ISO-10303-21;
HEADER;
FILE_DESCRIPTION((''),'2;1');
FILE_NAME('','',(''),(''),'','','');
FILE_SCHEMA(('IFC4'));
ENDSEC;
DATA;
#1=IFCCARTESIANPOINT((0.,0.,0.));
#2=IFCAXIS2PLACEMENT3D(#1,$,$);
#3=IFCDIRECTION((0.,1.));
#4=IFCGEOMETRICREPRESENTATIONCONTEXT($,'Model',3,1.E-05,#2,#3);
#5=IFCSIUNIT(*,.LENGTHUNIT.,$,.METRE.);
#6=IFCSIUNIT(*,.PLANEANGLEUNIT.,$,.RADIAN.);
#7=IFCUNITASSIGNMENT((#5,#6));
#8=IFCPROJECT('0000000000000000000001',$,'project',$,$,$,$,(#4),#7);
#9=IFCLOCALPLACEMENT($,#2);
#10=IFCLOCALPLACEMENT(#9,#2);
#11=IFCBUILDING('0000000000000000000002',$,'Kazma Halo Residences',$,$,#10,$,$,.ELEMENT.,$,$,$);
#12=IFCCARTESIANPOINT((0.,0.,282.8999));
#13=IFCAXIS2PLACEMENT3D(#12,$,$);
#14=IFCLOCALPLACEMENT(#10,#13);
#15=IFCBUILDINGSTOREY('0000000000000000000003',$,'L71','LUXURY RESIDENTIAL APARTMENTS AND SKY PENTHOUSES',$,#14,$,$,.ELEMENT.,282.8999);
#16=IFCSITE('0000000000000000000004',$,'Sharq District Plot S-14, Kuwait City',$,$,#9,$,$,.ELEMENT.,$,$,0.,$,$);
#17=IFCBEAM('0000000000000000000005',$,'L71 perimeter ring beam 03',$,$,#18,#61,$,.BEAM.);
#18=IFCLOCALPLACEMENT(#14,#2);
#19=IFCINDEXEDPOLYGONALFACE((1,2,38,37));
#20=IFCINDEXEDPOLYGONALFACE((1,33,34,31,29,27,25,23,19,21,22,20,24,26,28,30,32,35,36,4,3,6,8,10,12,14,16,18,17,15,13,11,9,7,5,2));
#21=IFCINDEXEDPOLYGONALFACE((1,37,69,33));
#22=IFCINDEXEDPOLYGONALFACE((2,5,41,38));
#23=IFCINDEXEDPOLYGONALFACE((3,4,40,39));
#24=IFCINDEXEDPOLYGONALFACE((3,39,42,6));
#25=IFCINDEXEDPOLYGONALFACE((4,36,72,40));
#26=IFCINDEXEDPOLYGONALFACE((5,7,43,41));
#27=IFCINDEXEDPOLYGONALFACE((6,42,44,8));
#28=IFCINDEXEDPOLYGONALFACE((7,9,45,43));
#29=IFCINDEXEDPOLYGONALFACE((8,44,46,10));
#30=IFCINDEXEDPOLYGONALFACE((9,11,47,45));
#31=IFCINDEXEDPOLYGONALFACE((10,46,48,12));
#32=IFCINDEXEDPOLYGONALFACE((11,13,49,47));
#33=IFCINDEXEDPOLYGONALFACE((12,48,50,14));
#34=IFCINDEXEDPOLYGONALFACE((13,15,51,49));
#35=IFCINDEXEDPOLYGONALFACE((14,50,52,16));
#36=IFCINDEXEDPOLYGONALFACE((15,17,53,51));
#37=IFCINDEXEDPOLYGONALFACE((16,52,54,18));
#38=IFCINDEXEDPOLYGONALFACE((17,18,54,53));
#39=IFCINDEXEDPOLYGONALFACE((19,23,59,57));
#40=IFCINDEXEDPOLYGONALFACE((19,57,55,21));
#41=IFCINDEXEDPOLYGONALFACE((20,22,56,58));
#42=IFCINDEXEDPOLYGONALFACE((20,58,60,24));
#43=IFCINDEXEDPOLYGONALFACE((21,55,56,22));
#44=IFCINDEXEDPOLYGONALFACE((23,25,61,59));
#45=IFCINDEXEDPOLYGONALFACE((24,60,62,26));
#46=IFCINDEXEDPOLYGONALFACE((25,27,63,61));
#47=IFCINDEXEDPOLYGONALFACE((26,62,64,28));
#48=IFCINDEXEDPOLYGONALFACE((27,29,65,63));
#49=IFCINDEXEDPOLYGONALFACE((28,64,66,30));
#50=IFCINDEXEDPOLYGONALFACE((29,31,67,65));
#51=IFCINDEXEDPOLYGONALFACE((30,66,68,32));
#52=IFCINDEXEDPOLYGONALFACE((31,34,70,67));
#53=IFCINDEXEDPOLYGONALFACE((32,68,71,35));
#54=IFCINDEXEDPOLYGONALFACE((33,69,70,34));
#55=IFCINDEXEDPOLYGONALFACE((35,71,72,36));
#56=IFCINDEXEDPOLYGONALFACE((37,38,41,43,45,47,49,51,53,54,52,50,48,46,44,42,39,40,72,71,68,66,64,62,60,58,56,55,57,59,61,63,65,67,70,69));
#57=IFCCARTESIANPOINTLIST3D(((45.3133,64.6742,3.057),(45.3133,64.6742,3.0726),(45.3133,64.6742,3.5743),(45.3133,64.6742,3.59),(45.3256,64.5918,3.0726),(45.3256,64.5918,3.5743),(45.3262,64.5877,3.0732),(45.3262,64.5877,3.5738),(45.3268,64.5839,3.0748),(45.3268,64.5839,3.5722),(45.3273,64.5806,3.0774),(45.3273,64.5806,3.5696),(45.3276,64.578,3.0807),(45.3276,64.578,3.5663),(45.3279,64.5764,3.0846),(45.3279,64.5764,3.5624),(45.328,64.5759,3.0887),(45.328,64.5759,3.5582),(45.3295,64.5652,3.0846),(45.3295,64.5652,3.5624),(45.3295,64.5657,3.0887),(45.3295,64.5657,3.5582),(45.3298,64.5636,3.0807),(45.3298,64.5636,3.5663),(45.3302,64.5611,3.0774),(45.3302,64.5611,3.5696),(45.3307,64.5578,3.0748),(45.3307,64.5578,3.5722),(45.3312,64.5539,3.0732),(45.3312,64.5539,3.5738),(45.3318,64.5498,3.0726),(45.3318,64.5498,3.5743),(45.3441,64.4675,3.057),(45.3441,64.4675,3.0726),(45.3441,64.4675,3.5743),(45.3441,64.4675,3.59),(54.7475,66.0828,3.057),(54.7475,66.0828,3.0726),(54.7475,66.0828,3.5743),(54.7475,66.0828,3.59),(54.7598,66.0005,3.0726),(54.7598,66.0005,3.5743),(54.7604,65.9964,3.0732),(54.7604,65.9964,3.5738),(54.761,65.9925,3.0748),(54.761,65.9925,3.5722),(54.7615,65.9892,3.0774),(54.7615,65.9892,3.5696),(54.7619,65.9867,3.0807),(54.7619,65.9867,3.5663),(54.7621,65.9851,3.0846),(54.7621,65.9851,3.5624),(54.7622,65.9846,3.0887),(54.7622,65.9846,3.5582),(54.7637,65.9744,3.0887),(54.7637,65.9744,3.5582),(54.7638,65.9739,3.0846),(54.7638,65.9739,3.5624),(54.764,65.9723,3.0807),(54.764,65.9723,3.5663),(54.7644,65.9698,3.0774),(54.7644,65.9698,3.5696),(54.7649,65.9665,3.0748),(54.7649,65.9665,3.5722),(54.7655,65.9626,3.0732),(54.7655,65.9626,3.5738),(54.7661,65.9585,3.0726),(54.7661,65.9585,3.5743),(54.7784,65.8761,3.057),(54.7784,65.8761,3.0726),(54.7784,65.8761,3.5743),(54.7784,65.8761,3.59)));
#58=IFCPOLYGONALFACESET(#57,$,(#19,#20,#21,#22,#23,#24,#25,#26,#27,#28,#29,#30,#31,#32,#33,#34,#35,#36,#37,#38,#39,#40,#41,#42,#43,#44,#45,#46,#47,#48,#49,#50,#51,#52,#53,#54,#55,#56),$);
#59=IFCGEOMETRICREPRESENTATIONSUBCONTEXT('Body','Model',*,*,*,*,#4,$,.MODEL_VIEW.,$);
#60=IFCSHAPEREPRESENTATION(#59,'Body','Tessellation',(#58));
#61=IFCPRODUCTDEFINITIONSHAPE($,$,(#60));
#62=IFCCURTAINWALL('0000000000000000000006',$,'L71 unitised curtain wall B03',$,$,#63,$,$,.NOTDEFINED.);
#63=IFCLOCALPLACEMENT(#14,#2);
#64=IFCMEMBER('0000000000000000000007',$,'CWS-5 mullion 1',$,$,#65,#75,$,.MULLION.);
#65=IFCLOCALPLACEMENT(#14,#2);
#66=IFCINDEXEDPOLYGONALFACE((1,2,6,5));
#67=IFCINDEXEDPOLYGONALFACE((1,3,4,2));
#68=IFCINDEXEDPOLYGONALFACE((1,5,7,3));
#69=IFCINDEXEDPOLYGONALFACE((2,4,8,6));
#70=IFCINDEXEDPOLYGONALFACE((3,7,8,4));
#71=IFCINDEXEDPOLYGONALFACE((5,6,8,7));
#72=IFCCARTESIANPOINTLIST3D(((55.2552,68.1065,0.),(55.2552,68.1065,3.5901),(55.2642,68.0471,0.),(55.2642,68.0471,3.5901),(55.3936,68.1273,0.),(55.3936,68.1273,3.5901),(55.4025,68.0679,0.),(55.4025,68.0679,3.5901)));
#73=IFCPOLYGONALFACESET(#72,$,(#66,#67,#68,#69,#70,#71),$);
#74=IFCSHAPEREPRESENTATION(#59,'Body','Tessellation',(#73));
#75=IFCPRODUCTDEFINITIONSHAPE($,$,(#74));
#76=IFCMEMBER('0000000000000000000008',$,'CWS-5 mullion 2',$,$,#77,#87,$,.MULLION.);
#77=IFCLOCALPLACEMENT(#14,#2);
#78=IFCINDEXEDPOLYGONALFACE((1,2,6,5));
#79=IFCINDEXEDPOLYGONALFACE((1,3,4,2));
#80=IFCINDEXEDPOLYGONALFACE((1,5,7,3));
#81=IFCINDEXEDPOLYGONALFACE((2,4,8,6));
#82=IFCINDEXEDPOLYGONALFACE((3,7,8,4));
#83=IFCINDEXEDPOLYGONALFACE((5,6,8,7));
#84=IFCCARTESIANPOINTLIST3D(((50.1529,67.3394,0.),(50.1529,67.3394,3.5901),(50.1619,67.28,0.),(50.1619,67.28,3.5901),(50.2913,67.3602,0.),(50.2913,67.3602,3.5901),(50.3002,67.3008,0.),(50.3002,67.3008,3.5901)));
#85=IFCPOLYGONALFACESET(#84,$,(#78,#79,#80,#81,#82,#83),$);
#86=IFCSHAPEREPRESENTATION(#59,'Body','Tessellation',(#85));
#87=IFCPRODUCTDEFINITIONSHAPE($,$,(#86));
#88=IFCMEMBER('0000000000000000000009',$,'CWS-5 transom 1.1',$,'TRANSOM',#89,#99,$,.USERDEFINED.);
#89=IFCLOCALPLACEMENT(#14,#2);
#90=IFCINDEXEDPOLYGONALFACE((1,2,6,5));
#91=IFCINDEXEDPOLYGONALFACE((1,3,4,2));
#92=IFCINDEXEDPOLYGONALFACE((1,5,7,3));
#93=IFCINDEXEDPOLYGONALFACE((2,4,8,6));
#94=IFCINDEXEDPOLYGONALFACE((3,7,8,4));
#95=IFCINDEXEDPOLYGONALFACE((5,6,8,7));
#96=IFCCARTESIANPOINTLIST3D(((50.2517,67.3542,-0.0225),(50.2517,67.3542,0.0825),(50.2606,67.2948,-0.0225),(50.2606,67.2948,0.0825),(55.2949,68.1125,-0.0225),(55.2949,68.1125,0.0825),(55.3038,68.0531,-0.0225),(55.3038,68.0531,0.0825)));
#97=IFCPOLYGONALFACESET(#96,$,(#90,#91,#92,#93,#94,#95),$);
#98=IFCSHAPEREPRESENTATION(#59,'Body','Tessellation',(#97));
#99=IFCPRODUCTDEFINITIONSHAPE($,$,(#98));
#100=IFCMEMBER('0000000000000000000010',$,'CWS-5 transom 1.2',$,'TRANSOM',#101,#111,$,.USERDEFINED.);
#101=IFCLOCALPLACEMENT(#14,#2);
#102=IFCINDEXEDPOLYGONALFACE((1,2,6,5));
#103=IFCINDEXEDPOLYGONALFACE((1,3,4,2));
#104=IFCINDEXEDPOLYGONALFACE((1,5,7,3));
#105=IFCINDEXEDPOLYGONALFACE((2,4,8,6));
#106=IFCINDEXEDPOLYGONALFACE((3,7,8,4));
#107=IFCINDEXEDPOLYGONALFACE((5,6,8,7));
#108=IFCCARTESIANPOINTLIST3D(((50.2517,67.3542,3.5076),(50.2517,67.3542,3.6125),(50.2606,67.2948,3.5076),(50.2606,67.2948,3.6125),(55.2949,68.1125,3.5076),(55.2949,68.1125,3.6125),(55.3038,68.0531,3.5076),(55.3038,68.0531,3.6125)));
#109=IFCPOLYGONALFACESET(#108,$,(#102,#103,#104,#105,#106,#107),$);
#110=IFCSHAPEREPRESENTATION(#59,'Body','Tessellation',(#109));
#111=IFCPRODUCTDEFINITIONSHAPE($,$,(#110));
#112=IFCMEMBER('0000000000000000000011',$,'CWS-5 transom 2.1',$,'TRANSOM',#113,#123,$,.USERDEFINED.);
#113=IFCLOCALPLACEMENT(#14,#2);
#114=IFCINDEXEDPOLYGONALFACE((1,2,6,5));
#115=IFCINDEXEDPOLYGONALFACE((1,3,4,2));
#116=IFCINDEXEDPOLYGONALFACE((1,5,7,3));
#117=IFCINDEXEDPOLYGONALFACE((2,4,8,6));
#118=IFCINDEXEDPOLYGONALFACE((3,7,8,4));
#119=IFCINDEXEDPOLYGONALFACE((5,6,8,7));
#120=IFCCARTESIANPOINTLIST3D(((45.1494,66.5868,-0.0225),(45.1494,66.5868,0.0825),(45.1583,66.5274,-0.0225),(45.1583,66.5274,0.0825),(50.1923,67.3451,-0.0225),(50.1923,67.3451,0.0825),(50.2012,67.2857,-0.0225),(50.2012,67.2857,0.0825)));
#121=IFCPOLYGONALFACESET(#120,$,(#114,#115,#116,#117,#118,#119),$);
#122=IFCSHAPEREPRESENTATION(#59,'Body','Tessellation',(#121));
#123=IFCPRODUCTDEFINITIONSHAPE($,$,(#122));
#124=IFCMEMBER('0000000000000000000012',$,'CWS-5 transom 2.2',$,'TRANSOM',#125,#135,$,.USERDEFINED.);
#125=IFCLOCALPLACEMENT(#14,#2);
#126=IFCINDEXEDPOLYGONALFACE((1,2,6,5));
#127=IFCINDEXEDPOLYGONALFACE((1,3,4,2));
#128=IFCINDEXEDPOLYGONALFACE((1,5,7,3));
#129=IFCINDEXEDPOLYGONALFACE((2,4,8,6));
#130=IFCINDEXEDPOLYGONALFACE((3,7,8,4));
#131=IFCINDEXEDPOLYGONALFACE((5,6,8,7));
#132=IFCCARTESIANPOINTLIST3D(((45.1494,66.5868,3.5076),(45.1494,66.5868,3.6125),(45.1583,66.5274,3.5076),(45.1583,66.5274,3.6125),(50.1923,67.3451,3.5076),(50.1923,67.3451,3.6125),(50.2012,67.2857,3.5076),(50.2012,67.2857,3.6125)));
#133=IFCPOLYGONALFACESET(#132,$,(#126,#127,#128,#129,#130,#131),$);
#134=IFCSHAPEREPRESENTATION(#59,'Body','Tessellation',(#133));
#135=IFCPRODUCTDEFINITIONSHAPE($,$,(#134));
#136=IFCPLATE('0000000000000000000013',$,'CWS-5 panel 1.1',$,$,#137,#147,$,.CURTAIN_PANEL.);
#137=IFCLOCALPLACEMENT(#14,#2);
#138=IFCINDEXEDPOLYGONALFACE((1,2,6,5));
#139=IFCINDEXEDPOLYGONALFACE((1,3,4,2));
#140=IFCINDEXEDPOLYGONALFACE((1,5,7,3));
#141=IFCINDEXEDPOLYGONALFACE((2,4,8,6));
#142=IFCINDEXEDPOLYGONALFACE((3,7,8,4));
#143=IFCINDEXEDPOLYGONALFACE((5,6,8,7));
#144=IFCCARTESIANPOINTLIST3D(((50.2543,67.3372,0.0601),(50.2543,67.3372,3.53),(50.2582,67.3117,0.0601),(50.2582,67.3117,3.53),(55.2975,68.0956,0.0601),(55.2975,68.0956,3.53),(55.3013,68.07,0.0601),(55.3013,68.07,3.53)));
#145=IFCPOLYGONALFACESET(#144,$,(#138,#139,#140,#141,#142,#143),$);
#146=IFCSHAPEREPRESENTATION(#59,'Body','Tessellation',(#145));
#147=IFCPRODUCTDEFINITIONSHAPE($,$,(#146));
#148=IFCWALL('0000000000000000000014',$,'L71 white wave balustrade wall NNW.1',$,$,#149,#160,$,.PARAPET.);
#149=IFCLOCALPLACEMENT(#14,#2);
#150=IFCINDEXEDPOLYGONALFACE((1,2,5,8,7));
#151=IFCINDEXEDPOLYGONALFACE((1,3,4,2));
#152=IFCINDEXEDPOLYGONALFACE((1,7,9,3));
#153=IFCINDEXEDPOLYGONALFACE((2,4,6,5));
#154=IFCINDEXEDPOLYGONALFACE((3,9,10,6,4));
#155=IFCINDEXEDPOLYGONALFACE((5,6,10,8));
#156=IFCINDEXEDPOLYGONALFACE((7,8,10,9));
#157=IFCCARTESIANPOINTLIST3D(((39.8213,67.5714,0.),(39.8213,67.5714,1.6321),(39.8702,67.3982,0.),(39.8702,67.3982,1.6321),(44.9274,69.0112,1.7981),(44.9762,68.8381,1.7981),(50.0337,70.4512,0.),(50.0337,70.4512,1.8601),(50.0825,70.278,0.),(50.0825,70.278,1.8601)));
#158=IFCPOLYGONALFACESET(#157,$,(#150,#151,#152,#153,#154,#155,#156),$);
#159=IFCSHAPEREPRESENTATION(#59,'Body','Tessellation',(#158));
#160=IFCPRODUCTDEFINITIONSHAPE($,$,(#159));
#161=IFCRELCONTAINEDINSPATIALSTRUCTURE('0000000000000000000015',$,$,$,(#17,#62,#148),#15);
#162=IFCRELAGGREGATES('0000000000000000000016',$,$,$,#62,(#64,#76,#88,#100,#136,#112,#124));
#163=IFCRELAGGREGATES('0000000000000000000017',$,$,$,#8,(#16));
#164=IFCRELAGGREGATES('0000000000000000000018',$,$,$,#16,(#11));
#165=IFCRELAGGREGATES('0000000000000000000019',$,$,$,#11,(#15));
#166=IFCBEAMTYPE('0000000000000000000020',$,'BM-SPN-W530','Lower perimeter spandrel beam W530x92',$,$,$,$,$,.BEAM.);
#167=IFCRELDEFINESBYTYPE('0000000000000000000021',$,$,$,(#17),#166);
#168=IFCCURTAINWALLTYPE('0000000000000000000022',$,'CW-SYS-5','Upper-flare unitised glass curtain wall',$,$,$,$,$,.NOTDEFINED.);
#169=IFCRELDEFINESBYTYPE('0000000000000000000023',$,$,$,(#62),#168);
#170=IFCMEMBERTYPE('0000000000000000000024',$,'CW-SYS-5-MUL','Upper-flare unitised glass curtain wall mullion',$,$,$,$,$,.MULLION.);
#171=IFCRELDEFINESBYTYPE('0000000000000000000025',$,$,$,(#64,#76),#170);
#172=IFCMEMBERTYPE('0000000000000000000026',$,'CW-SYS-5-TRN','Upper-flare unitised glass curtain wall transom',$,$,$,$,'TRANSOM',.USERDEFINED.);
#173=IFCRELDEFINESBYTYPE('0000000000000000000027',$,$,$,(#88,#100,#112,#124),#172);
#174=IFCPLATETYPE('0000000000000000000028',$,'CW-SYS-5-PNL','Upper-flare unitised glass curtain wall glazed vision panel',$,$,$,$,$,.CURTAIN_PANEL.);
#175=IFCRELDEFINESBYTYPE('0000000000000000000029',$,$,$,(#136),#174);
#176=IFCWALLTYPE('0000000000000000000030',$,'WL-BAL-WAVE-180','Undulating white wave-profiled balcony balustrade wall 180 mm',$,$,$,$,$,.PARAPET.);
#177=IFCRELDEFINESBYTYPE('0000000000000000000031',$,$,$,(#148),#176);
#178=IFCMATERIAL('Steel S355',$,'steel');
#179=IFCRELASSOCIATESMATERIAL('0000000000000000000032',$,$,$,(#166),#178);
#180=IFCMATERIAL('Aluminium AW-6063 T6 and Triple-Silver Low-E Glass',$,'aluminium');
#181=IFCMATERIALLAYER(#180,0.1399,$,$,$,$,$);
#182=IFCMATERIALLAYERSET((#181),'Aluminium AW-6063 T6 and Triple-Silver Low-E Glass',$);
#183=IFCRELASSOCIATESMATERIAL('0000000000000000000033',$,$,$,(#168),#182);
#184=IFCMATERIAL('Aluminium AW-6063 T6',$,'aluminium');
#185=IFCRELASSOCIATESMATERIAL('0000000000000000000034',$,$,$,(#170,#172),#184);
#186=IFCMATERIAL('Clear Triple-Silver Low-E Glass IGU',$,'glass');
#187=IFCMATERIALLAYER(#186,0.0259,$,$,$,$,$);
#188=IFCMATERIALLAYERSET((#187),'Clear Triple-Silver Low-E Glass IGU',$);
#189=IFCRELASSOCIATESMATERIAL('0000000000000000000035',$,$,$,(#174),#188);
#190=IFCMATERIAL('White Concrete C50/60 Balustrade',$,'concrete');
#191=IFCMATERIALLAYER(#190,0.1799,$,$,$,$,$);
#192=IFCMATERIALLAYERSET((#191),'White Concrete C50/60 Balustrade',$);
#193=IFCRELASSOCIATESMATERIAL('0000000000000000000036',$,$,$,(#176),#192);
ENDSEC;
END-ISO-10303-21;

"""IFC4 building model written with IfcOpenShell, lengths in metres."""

from ifc_helpers import new_model, si_unit, direction, frame, origin, origin_2d, place, context, subcontext, project, spatial, polyline, rectangle, i_section, outline, extrude, material, layer, layer_set, material_profile, profile_set, type_object, element, aggregate, save


model = new_model("IFC4")

# Units and contexts
model_context = context("Model", 3, precision=1e-05, world=origin(), true_north=direction((0.0, 1.0)))
body_context = subcontext(model_context, "Body", "Model", "MODEL_VIEW")
ifc_project = project(units=[si_unit("LENGTHUNIT", "METRE"), si_unit("PLANEANGLEUNIT", "RADIAN")], contexts=[model_context])

# Site, building, storey
site_placement = place(None, origin())
site = spatial("IfcSite", under=ifc_project, at=site_placement, Name="Sharq District Plot S-14, Kuwait City", CompositionType="ELEMENT", RefElevation=0.0)
building_placement = place(site_placement, origin())
building = spatial("IfcBuilding", under=site, at=building_placement, Name="Kazma Halo Residences", CompositionType="ELEMENT")
storey_placement = place(building_placement, frame((0.0, 0.0, 282.8999)))
storey = spatial("IfcBuildingStorey", under=building, at=storey_placement, Name="L71", Description="LUXURY RESIDENTIAL APARTMENTS AND SKY PENTHOUSES", CompositionType="ELEMENT", Elevation=282.8999)

# Beam
ifc_material_1 = material(Name="Steel S355", Category="steel")
ifc_material_profile_1 = material_profile(ifc_material_1, i_section(OverallWidth=0.209, OverallDepth=0.533, WebThickness=0.0103, FlangeThickness=0.0156, FilletRadius=0.0161, at=origin_2d()), Name="W530x92")
ifc_profile_set_1 = profile_set([ifc_material_profile_1], Name="Steel S355")
beam_type_1 = type_object("IfcBeamType", Name="BM-SPN-W530", Description="Lower perimeter spandrel beam W530x92", PredefinedType="BEAM", material=ifc_profile_set_1)
beam_1_placement = place(storey_placement, frame((54.7629, 65.9795, 3.3235), z_axis=(-0.989035, -0.147678, 0.0), x_axis=(0.147678, -0.989035, 0.0)))
element("IfcBeam", 1, at=beam_1_placement, inside=storey, type_object=beam_type_1, Name="L71 perimeter ring beam 03", PredefinedType="BEAM", context=body_context, shape_type="SweptSolid", body=[
    extrude(i_section(OverallWidth=0.209, OverallDepth=0.533, WebThickness=0.0103, FlangeThickness=0.0156, FilletRadius=0.0161, at=origin_2d()), origin(), (0.0, 0.0, 1.0), 9.5388),
])

# Curtain wall, members, plate
ifc_material_2 = material(Name="Aluminium AW-6063 T6 and Triple-Silver Low-E Glass", Category="aluminium")
ifc_layer_1 = layer(ifc_material_2, 0.1399)
ifc_layer_set_1 = layer_set([ifc_layer_1], Name="Aluminium AW-6063 T6 and Triple-Silver Low-E Glass")
curtain_wall_type = type_object("IfcCurtainWallType", Name="CW-SYS-5", Description="Upper-flare unitised glass curtain wall", PredefinedType="NOTDEFINED", material=ifc_layer_set_1)
curtain_wall_placement = place(storey_placement, origin())
curtain_wall = element("IfcCurtainWall", 2, at=curtain_wall_placement, inside=storey, type_object=curtain_wall_type, Name="L71 unitised curtain wall B03", PredefinedType="NOTDEFINED")
ifc_material_3 = material(Name="Aluminium AW-6063 T6", Category="aluminium")
ifc_material_profile_2 = material_profile(ifc_material_3, rectangle(XDim=0.0601, YDim=0.1399, at=origin_2d()), Name="CWM-60x140")
ifc_profile_set_2 = profile_set([ifc_material_profile_2], Name="Aluminium AW-6063 T6")
member_type_1 = type_object("IfcMemberType", Name="CW-SYS-5-MUL", Description="Upper-flare unitised glass curtain wall mullion", PredefinedType="MULLION", material=ifc_profile_set_2)
member_1_placement = place(storey_placement, frame((55.3289, 68.0872, 0.0), z_axis=(0.0, 0.0, 1.0), x_axis=(0.148697, -0.988883, 0.0)))
member_1 = element("IfcMember", 3, at=member_1_placement, type_object=member_type_1, Name="CWS-5 mullion 1", PredefinedType="MULLION", context=body_context, shape_type="SweptSolid", body=[
    extrude(rectangle(XDim=0.0601, YDim=0.1399, at=origin_2d()), origin(), (0.0, 0.0, 1.0), 3.5901),
])
member_2_placement = place(storey_placement, frame((50.2266, 67.3201, 0.0), z_axis=(0.0, 0.0, 1.0), x_axis=(0.148697, -0.988883, 0.0)))
member_2 = element("IfcMember", 4, at=member_2_placement, type_object=member_type_1, Name="CWS-5 mullion 2", PredefinedType="MULLION", context=body_context, shape_type="SweptSolid", body=[
    extrude(rectangle(XDim=0.0601, YDim=0.1399, at=origin_2d()), origin(), (0.0, 0.0, 1.0), 3.5901),
])
ifc_material_profile_3 = material_profile(ifc_material_3, rectangle(XDim=0.0601, YDim=0.105, at=origin_2d()), Name="CWT-60x105")
ifc_profile_set_3 = profile_set([ifc_material_profile_3], Name="Aluminium AW-6063 T6")
member_type_2 = type_object("IfcMemberType", Name="CW-SYS-5-TRN", Description="Upper-flare unitised glass curtain wall transom", ElementType="TRANSOM", PredefinedType="USERDEFINED", material=ifc_profile_set_3)
member_3_placement = place(storey_placement, frame((55.2993, 68.0828, 0.03), z_axis=(-0.988884, -0.148689, 0.0), x_axis=(0.148689, -0.988884, 0.0)))
member_3 = element("IfcMember", 5, at=member_3_placement, type_object=member_type_2, Name="CWS-5 transom 1.1", ObjectType="TRANSOM", PredefinedType="USERDEFINED", context=body_context, shape_type="SweptSolid", body=[
    extrude(rectangle(XDim=0.0601, YDim=0.105, at=origin_2d()), origin(), (0.0, 0.0, 1.0), 5.0999),
])
member_4_placement = place(storey_placement, frame((55.2993, 68.0828, 3.5601), z_axis=(-0.988884, -0.148689, 0.0), x_axis=(0.148689, -0.988884, 0.0)))
member_4 = element("IfcMember", 6, at=member_4_placement, type_object=member_type_2, Name="CWS-5 transom 1.2", ObjectType="TRANSOM", PredefinedType="USERDEFINED", context=body_context, shape_type="SweptSolid", body=[
    extrude(rectangle(XDim=0.0601, YDim=0.105, at=origin_2d()), origin(), (0.0, 0.0, 1.0), 5.0999),
])
member_5_placement = place(storey_placement, frame((50.1968, 67.3154, 0.03), z_axis=(-0.988883, -0.148696, 0.0), x_axis=(0.148696, -0.988883, 0.0)))
member_5 = element("IfcMember", 7, at=member_5_placement, type_object=member_type_2, Name="CWS-5 transom 2.1", ObjectType="TRANSOM", PredefinedType="USERDEFINED", context=body_context, shape_type="SweptSolid", body=[
    extrude(rectangle(XDim=0.0601, YDim=0.105, at=origin_2d()), origin(), (0.0, 0.0, 1.0), 5.0996),
])
member_6_placement = place(storey_placement, frame((50.1968, 67.3154, 3.5601), z_axis=(-0.988883, -0.148696, 0.0), x_axis=(0.148696, -0.988883, 0.0)))
member_6 = element("IfcMember", 8, at=member_6_placement, type_object=member_type_2, Name="CWS-5 transom 2.2", ObjectType="TRANSOM", PredefinedType="USERDEFINED", context=body_context, shape_type="SweptSolid", body=[
    extrude(rectangle(XDim=0.0601, YDim=0.105, at=origin_2d()), origin(), (0.0, 0.0, 1.0), 5.0996),
])
ifc_material_4 = material(Name="Clear Triple-Silver Low-E Glass IGU", Category="glass")
ifc_layer_2 = layer(ifc_material_4, 0.0259)
ifc_layer_set_2 = layer_set([ifc_layer_2], Name="Clear Triple-Silver Low-E Glass IGU")
plate_type = type_object("IfcPlateType", Name="CW-SYS-5-PNL", Description="Upper-flare unitised glass curtain wall glazed vision panel", PredefinedType="CURTAIN_PANEL", material=ifc_layer_set_2)
plate_placement = place(storey_placement, frame((52.7778, 67.7036, 0.0601), z_axis=(0.0, 0.0, 1.0), x_axis=(-0.988883, -0.148697, 0.0)))
plate = element("IfcPlate", 9, at=plate_placement, type_object=plate_type, Name="CWS-5 panel 1.1", PredefinedType="CURTAIN_PANEL", context=body_context, shape_type="SweptSolid", body=[
    extrude(rectangle(XDim=5.0999, YDim=0.0259, at=origin_2d()), origin(), (0.0, 0.0, 1.0), 3.47),
])
aggregate(curtain_wall, [member_1, member_2, member_3, member_4, plate, member_5, member_6])

# Wall
ifc_material_5 = material(Name="White Concrete C50/60 Balustrade", Category="concrete")
ifc_layer_3 = layer(ifc_material_5, 0.1799)
ifc_layer_set_3 = layer_set([ifc_layer_3], Name="White Concrete C50/60 Balustrade")
wall_type_1 = type_object("IfcWallType", Name="WL-BAL-WAVE-180", Description="Undulating white wave-profiled balcony balustrade wall 180 mm", PredefinedType="PARAPET", material=ifc_layer_set_3)
wall_1_placement = place(storey_placement, frame((50.0581, 70.3645, 0.0), z_axis=(0.0, 0.0, 1.0), x_axis=(-0.962463, -0.271413, 0.0)))
element("IfcWall", 10, at=wall_1_placement, inside=storey, type_object=wall_type_1, Name="L71 white wave balustrade wall NNW.1", PredefinedType="PARAPET", context=body_context, shape_type="SweptSolid", body=[
    extrude(outline(polyline([(0.0, 0.0), (10.6106, 0.0), (10.6106, 1.6321), (5.3054, 1.7981), (0.0, 1.8601), (0.0, 0.0)])), frame((0.0, 0.0898, 0.0), z_axis=(0.0, -1.0, 0.0), x_axis=(1.0, 0.0, 0.0)), (0.0, 0.0, 1.0), 0.1799),
])

save(model, "model.ifc")
